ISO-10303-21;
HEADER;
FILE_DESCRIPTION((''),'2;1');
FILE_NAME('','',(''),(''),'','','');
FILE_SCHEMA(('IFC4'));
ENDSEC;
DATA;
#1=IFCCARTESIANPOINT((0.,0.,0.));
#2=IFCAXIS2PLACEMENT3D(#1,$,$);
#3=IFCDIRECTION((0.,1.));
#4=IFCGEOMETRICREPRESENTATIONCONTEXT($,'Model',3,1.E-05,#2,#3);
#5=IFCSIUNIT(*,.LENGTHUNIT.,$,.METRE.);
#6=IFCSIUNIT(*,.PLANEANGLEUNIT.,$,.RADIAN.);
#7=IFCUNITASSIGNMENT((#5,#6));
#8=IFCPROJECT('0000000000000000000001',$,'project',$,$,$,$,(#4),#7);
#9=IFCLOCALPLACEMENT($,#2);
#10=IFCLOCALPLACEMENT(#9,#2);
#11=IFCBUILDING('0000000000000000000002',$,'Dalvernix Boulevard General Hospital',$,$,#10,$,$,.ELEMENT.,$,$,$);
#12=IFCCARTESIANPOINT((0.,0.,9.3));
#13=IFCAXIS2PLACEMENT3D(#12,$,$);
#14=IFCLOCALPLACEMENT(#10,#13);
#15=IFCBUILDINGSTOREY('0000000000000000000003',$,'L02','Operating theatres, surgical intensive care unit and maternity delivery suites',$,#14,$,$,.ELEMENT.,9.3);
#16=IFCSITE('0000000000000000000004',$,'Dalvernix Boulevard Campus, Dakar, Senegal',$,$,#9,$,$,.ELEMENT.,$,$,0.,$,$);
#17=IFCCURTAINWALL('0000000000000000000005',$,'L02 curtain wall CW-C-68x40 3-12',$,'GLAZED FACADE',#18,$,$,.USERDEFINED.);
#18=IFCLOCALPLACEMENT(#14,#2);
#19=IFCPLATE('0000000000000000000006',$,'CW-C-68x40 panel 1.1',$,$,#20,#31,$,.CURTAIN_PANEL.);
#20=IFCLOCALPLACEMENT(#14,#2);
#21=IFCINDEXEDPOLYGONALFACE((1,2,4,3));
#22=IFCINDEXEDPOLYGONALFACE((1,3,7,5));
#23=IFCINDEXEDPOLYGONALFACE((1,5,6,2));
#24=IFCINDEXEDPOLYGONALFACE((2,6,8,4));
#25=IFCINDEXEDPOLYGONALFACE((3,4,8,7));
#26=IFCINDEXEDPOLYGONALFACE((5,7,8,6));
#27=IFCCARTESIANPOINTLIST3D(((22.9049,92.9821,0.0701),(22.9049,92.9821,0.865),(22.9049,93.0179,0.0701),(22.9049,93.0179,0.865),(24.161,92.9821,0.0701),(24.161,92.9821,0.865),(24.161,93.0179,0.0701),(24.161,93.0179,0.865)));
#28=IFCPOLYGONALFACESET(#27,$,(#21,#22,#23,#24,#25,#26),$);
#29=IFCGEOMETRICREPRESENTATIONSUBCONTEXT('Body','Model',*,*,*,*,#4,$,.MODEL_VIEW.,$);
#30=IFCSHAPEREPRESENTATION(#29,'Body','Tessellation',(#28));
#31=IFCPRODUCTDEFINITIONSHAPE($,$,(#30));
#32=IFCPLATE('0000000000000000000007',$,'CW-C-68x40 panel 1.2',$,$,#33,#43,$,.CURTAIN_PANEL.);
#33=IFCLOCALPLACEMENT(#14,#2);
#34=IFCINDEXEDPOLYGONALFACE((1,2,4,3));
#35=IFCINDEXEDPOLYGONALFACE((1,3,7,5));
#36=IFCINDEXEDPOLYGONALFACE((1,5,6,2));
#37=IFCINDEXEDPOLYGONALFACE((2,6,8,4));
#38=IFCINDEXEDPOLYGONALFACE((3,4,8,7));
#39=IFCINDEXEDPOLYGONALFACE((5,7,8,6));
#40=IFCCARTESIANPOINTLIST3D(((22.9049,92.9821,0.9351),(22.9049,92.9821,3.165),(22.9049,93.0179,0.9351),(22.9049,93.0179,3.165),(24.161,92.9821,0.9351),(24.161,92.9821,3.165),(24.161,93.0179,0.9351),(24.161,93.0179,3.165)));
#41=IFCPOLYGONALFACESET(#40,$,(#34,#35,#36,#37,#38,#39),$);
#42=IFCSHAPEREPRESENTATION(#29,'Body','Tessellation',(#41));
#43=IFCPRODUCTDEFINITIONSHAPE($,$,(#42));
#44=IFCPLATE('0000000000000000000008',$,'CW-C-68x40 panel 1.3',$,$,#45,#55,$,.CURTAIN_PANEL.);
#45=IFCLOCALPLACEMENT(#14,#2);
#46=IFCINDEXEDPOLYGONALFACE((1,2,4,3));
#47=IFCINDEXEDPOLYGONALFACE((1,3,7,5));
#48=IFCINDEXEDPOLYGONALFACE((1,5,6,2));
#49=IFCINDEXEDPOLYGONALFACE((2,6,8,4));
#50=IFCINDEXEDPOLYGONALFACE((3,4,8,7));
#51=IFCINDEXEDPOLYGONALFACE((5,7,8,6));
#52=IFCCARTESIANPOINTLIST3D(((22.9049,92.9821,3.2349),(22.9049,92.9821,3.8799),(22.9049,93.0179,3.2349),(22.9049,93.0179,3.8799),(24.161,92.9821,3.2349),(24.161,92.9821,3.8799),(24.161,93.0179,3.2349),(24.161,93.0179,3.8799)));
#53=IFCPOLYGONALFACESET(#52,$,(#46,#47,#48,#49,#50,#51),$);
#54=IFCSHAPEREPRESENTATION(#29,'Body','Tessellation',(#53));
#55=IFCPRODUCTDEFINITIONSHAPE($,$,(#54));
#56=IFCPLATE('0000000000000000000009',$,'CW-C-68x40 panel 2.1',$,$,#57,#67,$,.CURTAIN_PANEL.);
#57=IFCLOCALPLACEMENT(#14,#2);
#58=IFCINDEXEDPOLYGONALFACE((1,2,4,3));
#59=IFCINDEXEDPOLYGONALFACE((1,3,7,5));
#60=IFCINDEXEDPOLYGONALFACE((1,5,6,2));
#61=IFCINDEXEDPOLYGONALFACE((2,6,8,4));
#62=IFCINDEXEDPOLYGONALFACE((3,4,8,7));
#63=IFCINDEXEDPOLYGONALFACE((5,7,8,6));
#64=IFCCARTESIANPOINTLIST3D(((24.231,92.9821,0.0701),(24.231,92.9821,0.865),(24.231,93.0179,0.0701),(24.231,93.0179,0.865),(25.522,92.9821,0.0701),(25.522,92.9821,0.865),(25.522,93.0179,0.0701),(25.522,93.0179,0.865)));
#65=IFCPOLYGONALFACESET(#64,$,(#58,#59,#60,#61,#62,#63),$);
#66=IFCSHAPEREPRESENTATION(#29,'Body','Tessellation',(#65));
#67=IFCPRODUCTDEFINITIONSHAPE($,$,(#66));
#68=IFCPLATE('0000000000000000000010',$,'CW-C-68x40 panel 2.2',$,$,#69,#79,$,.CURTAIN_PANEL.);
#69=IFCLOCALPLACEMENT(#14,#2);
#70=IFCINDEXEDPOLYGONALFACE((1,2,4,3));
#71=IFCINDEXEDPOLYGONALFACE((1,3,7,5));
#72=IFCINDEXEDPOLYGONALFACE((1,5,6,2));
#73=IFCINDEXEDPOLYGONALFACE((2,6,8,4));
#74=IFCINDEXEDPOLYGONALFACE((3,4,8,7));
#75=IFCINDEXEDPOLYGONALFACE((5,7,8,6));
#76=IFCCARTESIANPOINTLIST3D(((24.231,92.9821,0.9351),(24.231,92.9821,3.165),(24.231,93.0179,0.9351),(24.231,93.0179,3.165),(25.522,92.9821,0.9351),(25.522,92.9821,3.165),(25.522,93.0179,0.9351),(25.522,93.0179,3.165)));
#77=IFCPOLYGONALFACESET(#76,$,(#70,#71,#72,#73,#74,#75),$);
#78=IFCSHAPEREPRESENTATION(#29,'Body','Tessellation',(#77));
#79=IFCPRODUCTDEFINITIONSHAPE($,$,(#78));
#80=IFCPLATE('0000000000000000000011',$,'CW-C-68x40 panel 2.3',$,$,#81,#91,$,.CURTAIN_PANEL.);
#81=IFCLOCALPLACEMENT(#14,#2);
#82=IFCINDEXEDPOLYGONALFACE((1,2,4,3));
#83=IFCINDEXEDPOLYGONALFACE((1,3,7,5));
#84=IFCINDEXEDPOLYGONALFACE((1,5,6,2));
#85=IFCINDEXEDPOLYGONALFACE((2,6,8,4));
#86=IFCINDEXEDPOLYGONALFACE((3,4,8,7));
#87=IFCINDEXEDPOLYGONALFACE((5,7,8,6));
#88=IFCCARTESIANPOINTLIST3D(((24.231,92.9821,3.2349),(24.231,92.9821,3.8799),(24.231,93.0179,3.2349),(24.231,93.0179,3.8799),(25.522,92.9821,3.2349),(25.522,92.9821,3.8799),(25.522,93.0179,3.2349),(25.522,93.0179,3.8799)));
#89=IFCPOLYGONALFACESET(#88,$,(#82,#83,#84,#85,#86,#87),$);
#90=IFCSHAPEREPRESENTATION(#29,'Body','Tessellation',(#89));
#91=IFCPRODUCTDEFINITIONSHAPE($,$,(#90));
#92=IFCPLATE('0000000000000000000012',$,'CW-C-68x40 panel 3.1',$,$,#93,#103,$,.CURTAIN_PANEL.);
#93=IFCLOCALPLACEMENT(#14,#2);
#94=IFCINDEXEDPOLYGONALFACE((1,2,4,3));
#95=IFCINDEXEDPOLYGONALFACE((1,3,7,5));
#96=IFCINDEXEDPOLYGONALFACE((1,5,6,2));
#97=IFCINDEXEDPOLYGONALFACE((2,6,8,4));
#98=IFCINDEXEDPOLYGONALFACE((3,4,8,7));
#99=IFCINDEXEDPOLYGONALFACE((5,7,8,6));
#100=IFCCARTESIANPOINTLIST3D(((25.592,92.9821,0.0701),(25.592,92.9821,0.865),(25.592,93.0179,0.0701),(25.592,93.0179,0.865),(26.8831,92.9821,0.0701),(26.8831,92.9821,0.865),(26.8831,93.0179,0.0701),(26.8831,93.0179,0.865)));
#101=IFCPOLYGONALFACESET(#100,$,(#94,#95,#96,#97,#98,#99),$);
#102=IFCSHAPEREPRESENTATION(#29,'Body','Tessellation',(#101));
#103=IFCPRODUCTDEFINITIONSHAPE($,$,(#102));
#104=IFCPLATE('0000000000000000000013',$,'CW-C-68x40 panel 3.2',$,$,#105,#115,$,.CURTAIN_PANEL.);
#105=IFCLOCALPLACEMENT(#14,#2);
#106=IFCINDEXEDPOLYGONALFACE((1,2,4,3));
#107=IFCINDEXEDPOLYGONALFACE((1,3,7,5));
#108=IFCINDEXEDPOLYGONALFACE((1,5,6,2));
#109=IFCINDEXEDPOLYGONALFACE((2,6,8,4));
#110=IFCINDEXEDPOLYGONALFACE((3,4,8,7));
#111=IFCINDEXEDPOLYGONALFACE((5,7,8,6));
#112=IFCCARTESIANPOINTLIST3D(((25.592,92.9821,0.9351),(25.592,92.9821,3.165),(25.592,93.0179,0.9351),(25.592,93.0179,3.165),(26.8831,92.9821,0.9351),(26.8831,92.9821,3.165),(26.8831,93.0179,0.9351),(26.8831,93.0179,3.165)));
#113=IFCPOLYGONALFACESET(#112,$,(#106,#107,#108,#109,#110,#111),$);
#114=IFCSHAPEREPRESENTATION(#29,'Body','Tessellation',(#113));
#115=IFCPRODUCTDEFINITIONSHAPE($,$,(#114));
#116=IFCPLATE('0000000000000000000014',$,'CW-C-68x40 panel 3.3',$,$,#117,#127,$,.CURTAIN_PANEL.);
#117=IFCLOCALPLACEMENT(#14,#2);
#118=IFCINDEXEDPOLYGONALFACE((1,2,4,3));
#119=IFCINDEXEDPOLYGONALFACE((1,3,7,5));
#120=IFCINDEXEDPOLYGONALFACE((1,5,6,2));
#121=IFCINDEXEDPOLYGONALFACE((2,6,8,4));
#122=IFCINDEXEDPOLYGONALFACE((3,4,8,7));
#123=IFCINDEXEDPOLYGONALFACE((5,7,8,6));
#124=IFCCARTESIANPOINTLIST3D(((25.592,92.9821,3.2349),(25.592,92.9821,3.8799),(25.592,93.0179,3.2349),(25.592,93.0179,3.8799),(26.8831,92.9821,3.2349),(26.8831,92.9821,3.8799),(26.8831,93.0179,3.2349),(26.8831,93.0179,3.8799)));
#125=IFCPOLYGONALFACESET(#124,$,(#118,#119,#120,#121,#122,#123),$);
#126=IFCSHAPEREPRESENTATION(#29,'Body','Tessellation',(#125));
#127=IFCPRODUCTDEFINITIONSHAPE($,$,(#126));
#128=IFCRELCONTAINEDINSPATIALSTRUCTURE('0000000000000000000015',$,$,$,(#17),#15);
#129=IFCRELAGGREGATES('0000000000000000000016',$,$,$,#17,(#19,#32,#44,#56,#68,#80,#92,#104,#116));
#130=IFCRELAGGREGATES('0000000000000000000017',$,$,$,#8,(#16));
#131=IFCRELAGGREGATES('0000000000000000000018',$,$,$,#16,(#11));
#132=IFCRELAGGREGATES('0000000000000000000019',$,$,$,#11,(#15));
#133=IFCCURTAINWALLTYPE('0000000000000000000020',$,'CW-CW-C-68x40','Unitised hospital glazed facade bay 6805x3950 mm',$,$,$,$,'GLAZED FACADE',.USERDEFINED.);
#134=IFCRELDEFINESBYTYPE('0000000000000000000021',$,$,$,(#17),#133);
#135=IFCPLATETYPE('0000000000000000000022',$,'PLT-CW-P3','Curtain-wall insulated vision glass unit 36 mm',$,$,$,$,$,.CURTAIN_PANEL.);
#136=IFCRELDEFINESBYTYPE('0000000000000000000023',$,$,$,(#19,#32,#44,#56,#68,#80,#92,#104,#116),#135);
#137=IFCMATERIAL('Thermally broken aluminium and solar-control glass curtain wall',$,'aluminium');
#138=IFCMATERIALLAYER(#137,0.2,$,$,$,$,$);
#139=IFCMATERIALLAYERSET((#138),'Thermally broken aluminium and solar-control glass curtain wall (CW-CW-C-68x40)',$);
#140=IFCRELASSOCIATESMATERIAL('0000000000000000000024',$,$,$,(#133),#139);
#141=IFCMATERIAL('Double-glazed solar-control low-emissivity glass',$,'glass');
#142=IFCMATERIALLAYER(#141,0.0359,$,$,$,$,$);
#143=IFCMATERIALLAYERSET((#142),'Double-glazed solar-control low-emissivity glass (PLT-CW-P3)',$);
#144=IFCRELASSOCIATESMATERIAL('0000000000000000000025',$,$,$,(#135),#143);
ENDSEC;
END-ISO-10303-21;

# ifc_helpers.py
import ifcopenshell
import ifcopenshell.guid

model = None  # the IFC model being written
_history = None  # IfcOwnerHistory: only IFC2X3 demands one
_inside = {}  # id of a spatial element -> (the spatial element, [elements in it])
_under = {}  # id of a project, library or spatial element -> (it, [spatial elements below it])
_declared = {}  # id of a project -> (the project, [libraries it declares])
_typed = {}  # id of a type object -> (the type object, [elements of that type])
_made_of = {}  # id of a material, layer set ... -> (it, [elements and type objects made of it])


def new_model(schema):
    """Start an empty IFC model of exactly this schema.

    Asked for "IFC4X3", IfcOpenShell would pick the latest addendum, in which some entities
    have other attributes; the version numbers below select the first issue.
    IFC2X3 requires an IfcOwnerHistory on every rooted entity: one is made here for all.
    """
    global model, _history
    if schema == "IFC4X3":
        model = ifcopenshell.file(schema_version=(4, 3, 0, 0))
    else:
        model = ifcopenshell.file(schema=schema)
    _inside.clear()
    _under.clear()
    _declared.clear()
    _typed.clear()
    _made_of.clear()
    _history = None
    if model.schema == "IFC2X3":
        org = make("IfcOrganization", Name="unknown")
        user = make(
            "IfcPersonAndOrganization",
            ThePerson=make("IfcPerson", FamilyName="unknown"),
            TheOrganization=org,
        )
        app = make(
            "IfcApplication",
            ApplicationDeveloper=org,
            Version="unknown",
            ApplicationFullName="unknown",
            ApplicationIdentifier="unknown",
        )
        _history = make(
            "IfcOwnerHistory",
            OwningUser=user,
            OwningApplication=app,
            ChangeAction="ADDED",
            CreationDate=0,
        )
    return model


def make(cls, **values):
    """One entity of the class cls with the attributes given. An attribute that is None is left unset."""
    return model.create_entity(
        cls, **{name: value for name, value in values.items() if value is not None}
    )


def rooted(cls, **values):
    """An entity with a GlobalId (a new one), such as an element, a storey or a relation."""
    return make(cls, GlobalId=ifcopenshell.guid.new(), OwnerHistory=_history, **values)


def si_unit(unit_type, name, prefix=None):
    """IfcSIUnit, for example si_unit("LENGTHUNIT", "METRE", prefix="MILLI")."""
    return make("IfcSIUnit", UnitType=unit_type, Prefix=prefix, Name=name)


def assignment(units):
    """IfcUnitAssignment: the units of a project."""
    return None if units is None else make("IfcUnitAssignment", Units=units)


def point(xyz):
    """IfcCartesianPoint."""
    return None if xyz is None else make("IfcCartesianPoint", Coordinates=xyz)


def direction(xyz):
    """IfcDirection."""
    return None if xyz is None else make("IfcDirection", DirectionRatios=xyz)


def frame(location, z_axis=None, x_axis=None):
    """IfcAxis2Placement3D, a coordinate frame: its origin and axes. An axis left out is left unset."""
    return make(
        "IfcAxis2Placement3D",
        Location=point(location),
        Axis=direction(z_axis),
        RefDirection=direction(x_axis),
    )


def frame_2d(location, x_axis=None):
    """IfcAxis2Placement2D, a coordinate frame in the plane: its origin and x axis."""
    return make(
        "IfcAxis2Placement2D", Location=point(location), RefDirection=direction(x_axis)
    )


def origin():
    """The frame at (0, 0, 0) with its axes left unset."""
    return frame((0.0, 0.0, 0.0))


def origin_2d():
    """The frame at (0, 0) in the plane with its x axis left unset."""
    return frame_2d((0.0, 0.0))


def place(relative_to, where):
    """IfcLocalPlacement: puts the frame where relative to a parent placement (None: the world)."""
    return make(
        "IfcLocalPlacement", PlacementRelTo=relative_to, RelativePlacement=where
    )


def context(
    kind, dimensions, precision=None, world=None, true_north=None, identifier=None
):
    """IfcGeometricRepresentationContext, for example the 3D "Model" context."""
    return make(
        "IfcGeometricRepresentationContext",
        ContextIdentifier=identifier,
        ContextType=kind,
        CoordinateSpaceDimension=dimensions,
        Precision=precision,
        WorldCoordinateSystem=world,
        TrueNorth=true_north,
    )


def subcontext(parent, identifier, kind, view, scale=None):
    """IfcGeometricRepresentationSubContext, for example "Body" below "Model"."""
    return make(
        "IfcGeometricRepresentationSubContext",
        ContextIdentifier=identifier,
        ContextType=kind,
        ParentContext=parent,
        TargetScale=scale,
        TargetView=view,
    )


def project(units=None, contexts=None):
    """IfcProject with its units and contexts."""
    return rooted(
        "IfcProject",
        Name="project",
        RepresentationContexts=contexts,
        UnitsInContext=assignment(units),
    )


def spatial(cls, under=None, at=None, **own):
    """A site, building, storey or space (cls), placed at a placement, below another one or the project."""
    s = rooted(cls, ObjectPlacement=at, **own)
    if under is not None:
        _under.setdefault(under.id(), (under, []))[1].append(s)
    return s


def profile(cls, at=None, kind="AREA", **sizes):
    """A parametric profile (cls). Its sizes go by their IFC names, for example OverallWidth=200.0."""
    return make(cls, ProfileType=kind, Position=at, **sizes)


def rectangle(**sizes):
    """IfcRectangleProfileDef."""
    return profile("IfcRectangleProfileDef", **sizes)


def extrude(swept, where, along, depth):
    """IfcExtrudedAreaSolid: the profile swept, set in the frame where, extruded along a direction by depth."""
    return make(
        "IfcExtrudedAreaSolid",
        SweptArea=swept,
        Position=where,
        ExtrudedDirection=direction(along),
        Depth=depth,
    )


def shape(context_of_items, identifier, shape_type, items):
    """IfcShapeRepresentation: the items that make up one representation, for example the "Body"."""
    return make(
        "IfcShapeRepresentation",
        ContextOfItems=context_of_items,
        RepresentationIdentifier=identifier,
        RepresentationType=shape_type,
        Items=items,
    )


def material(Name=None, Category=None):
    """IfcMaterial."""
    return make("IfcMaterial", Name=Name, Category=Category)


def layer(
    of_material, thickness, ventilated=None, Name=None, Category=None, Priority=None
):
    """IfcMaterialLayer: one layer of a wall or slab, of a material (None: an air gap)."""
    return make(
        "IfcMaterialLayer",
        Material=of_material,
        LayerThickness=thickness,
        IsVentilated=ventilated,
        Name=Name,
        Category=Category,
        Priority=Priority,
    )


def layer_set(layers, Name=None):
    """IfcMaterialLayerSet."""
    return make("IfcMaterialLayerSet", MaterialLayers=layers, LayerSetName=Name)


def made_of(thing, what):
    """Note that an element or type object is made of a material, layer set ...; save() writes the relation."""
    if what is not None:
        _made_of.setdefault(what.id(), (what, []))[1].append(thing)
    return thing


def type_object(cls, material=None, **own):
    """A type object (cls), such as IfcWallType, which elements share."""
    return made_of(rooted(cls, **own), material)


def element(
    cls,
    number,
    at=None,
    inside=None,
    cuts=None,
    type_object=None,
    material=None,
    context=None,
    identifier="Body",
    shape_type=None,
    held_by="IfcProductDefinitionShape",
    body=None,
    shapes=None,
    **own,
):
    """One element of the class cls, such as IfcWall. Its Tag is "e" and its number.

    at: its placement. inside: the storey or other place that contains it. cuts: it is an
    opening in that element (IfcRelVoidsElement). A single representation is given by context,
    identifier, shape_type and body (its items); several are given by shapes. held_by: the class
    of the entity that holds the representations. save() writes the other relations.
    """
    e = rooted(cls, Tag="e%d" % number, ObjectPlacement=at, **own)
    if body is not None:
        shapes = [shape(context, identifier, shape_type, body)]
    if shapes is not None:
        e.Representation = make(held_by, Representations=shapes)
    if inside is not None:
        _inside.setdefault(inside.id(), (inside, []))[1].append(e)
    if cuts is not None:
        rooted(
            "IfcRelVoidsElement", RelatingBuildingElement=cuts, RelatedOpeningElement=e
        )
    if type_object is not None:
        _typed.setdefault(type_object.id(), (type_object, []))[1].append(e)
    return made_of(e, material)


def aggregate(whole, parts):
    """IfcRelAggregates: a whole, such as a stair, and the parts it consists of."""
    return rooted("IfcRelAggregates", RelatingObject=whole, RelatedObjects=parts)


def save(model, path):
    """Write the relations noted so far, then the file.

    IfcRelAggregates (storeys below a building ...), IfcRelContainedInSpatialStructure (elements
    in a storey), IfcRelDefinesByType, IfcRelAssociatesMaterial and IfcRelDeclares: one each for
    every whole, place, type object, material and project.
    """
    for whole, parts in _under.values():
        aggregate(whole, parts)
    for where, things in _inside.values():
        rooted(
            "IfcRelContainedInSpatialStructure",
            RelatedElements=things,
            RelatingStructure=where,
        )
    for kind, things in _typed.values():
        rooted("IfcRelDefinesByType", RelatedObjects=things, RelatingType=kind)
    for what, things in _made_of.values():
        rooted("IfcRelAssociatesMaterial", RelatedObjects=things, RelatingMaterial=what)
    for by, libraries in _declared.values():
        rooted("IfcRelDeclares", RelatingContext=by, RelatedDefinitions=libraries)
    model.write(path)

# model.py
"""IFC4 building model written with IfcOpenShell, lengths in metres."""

from ifc_helpers import new_model, si_unit, direction, frame, origin, origin_2d, place, context, subcontext, project, spatial, rectangle, extrude, material, layer, layer_set, type_object, element, aggregate, save


model = new_model("IFC4")

# Units and contexts
model_context = context("Model", 3, precision=1e-05, world=origin(), true_north=direction((0.0, 1.0)))
body_context = subcontext(model_context, "Body", "Model", "MODEL_VIEW")
ifc_project = project(units=[si_unit("LENGTHUNIT", "METRE"), si_unit("PLANEANGLEUNIT", "RADIAN")], contexts=[model_context])

# Site, building, storey
site_placement = place(None, origin())
site = spatial("IfcSite", under=ifc_project, at=site_placement, Name="Dalvernix Boulevard Campus, Dakar, Senegal", CompositionType="ELEMENT", RefElevation=0.0)
building_placement = place(site_placement, origin())
building = spatial("IfcBuilding", under=site, at=building_placement, Name="Dalvernix Boulevard General Hospital", CompositionType="ELEMENT")
storey_placement = place(building_placement, frame((0.0, 0.0, 9.3)))
storey = spatial("IfcBuildingStorey", under=building, at=storey_placement, Name="L02", Description="Operating theatres, surgical intensive care unit and maternity delivery suites", CompositionType="ELEMENT", Elevation=9.3)

# Curtain wall, plates
ifc_material_1 = material(Name="Thermally broken aluminium and solar-control glass curtain wall", Category="aluminium")
ifc_layer_1 = layer(ifc_material_1, 0.2)
ifc_layer_set_1 = layer_set([ifc_layer_1], Name="Thermally broken aluminium and solar-control glass curtain wall (CW-CW-C-68x40)")
curtain_wall_type = type_object("IfcCurtainWallType", Name="CW-CW-C-68x40", Description="Unitised hospital glazed facade bay 6805x3950 mm", ElementType="GLAZED FACADE", PredefinedType="USERDEFINED", material=ifc_layer_set_1)
curtain_wall_placement = place(storey_placement, origin())
curtain_wall = element("IfcCurtainWall", 1, at=curtain_wall_placement, inside=storey, type_object=curtain_wall_type, Name="L02 curtain wall CW-C-68x40 3-12", ObjectType="GLAZED FACADE", PredefinedType="USERDEFINED")
ifc_material_2 = material(Name="Double-glazed solar-control low-emissivity glass", Category="glass")
ifc_layer_2 = layer(ifc_material_2, 0.0359)
ifc_layer_set_2 = layer_set([ifc_layer_2], Name="Double-glazed solar-control low-emissivity glass (PLT-CW-P3)")
plate_type = type_object("IfcPlateType", Name="PLT-CW-P3", Description="Curtain-wall insulated vision glass unit 36 mm", PredefinedType="CURTAIN_PANEL", material=ifc_layer_set_2)
plate_1_placement = place(storey_placement, frame((23.533, 93.0, 0.0701), z_axis=(0.0, 0.0, 1.0), x_axis=(1.0, 0.0, 0.0)))
plate_1 = element("IfcPlate", 2, at=plate_1_placement, type_object=plate_type, Name="CW-C-68x40 panel 1.1", PredefinedType="CURTAIN_PANEL", context=body_context, shape_type="SweptSolid", body=[
    extrude(rectangle(XDim=1.2561, YDim=0.0359, at=origin_2d()), origin(), (0.0, 0.0, 1.0), 0.7949),
])
plate_2_placement = place(storey_placement, frame((23.533, 93.0, 0.9351), z_axis=(0.0, 0.0, 1.0), x_axis=(1.0, 0.0, 0.0)))
plate_2 = element("IfcPlate", 3, at=plate_2_placement, type_object=plate_type, Name="CW-C-68x40 panel 1.2", PredefinedType="CURTAIN_PANEL", context=body_context, shape_type="SweptSolid", body=[
    extrude(rectangle(XDim=1.2561, YDim=0.0359, at=origin_2d()), origin(), (0.0, 0.0, 1.0), 2.23),
])
plate_3_placement = place(storey_placement, frame((23.533, 93.0, 3.2349), z_axis=(0.0, 0.0, 1.0), x_axis=(1.0, 0.0, 0.0)))
plate_3 = element("IfcPlate", 4, at=plate_3_placement, type_object=plate_type, Name="CW-C-68x40 panel 1.3", PredefinedType="CURTAIN_PANEL", context=body_context, shape_type="SweptSolid", body=[
    extrude(rectangle(XDim=1.2561, YDim=0.0359, at=origin_2d()), origin(), (0.0, 0.0, 1.0), 0.645),
])
plate_4_placement = place(storey_placement, frame((24.8765, 93.0, 0.0701), z_axis=(0.0, 0.0, 1.0), x_axis=(1.0, 0.0, 0.0)))
plate_4 = element("IfcPlate", 5, at=plate_4_placement, type_object=plate_type, Name="CW-C-68x40 panel 2.1", PredefinedType="CURTAIN_PANEL", context=body_context, shape_type="SweptSolid", body=[
    extrude(rectangle(XDim=1.291, YDim=0.0359, at=origin_2d()), origin(), (0.0, 0.0, 1.0), 0.7949),
])
plate_5_placement = place(storey_placement, frame((24.8765, 93.0, 0.9351), z_axis=(0.0, 0.0, 1.0), x_axis=(1.0, 0.0, 0.0)))
plate_5 = element("IfcPlate", 6, at=plate_5_placement, type_object=plate_type, Name="CW-C-68x40 panel 2.2", PredefinedType="CURTAIN_PANEL", context=body_context, shape_type="SweptSolid", body=[
    extrude(rectangle(XDim=1.291, YDim=0.0359, at=origin_2d()), origin(), (0.0, 0.0, 1.0), 2.23),
])
plate_6_placement = place(storey_placement, frame((24.8765, 93.0, 3.2349), z_axis=(0.0, 0.0, 1.0), x_axis=(1.0, 0.0, 0.0)))
plate_6 = element("IfcPlate", 7, at=plate_6_placement, type_object=plate_type, Name="CW-C-68x40 panel 2.3", PredefinedType="CURTAIN_PANEL", context=body_context, shape_type="SweptSolid", body=[
    extrude(rectangle(XDim=1.291, YDim=0.0359, at=origin_2d()), origin(), (0.0, 0.0, 1.0), 0.645),
])
plate_7_placement = place(storey_placement, frame((26.2375, 93.0, 0.0701), z_axis=(0.0, 0.0, 1.0), x_axis=(1.0, 0.0, 0.0)))
plate_7 = element("IfcPlate", 8, at=plate_7_placement, type_object=plate_type, Name="CW-C-68x40 panel 3.1", PredefinedType="CURTAIN_PANEL", context=body_context, shape_type="SweptSolid", body=[
    extrude(rectangle(XDim=1.291, YDim=0.0359, at=origin_2d()), origin(), (0.0, 0.0, 1.0), 0.7949),
])
plate_8_placement = place(storey_placement, frame((26.2375, 93.0, 0.9351), z_axis=(0.0, 0.0, 1.0), x_axis=(1.0, 0.0, 0.0)))
plate_8 = element("IfcPlate", 9, at=plate_8_placement, type_object=plate_type, Name="CW-C-68x40 panel 3.2", PredefinedType="CURTAIN_PANEL", context=body_context, shape_type="SweptSolid", body=[
    extrude(rectangle(XDim=1.291, YDim=0.0359, at=origin_2d()), origin(), (0.0, 0.0, 1.0), 2.23),
])
plate_9_placement = place(storey_placement, frame((26.2375, 93.0, 3.2349), z_axis=(0.0, 0.0, 1.0), x_axis=(1.0, 0.0, 0.0)))
plate_9 = element("IfcPlate", 10, at=plate_9_placement, type_object=plate_type, Name="CW-C-68x40 panel 3.3", PredefinedType="CURTAIN_PANEL", context=body_context, shape_type="SweptSolid", body=[
    extrude(rectangle(XDim=1.291, YDim=0.0359, at=origin_2d()), origin(), (0.0, 0.0, 1.0), 0.645),
])
aggregate(curtain_wall, [plate_1, plate_2, plate_3, plate_4, plate_5, plate_6, plate_7, plate_8, plate_9])

save(model, "model.ifc")
